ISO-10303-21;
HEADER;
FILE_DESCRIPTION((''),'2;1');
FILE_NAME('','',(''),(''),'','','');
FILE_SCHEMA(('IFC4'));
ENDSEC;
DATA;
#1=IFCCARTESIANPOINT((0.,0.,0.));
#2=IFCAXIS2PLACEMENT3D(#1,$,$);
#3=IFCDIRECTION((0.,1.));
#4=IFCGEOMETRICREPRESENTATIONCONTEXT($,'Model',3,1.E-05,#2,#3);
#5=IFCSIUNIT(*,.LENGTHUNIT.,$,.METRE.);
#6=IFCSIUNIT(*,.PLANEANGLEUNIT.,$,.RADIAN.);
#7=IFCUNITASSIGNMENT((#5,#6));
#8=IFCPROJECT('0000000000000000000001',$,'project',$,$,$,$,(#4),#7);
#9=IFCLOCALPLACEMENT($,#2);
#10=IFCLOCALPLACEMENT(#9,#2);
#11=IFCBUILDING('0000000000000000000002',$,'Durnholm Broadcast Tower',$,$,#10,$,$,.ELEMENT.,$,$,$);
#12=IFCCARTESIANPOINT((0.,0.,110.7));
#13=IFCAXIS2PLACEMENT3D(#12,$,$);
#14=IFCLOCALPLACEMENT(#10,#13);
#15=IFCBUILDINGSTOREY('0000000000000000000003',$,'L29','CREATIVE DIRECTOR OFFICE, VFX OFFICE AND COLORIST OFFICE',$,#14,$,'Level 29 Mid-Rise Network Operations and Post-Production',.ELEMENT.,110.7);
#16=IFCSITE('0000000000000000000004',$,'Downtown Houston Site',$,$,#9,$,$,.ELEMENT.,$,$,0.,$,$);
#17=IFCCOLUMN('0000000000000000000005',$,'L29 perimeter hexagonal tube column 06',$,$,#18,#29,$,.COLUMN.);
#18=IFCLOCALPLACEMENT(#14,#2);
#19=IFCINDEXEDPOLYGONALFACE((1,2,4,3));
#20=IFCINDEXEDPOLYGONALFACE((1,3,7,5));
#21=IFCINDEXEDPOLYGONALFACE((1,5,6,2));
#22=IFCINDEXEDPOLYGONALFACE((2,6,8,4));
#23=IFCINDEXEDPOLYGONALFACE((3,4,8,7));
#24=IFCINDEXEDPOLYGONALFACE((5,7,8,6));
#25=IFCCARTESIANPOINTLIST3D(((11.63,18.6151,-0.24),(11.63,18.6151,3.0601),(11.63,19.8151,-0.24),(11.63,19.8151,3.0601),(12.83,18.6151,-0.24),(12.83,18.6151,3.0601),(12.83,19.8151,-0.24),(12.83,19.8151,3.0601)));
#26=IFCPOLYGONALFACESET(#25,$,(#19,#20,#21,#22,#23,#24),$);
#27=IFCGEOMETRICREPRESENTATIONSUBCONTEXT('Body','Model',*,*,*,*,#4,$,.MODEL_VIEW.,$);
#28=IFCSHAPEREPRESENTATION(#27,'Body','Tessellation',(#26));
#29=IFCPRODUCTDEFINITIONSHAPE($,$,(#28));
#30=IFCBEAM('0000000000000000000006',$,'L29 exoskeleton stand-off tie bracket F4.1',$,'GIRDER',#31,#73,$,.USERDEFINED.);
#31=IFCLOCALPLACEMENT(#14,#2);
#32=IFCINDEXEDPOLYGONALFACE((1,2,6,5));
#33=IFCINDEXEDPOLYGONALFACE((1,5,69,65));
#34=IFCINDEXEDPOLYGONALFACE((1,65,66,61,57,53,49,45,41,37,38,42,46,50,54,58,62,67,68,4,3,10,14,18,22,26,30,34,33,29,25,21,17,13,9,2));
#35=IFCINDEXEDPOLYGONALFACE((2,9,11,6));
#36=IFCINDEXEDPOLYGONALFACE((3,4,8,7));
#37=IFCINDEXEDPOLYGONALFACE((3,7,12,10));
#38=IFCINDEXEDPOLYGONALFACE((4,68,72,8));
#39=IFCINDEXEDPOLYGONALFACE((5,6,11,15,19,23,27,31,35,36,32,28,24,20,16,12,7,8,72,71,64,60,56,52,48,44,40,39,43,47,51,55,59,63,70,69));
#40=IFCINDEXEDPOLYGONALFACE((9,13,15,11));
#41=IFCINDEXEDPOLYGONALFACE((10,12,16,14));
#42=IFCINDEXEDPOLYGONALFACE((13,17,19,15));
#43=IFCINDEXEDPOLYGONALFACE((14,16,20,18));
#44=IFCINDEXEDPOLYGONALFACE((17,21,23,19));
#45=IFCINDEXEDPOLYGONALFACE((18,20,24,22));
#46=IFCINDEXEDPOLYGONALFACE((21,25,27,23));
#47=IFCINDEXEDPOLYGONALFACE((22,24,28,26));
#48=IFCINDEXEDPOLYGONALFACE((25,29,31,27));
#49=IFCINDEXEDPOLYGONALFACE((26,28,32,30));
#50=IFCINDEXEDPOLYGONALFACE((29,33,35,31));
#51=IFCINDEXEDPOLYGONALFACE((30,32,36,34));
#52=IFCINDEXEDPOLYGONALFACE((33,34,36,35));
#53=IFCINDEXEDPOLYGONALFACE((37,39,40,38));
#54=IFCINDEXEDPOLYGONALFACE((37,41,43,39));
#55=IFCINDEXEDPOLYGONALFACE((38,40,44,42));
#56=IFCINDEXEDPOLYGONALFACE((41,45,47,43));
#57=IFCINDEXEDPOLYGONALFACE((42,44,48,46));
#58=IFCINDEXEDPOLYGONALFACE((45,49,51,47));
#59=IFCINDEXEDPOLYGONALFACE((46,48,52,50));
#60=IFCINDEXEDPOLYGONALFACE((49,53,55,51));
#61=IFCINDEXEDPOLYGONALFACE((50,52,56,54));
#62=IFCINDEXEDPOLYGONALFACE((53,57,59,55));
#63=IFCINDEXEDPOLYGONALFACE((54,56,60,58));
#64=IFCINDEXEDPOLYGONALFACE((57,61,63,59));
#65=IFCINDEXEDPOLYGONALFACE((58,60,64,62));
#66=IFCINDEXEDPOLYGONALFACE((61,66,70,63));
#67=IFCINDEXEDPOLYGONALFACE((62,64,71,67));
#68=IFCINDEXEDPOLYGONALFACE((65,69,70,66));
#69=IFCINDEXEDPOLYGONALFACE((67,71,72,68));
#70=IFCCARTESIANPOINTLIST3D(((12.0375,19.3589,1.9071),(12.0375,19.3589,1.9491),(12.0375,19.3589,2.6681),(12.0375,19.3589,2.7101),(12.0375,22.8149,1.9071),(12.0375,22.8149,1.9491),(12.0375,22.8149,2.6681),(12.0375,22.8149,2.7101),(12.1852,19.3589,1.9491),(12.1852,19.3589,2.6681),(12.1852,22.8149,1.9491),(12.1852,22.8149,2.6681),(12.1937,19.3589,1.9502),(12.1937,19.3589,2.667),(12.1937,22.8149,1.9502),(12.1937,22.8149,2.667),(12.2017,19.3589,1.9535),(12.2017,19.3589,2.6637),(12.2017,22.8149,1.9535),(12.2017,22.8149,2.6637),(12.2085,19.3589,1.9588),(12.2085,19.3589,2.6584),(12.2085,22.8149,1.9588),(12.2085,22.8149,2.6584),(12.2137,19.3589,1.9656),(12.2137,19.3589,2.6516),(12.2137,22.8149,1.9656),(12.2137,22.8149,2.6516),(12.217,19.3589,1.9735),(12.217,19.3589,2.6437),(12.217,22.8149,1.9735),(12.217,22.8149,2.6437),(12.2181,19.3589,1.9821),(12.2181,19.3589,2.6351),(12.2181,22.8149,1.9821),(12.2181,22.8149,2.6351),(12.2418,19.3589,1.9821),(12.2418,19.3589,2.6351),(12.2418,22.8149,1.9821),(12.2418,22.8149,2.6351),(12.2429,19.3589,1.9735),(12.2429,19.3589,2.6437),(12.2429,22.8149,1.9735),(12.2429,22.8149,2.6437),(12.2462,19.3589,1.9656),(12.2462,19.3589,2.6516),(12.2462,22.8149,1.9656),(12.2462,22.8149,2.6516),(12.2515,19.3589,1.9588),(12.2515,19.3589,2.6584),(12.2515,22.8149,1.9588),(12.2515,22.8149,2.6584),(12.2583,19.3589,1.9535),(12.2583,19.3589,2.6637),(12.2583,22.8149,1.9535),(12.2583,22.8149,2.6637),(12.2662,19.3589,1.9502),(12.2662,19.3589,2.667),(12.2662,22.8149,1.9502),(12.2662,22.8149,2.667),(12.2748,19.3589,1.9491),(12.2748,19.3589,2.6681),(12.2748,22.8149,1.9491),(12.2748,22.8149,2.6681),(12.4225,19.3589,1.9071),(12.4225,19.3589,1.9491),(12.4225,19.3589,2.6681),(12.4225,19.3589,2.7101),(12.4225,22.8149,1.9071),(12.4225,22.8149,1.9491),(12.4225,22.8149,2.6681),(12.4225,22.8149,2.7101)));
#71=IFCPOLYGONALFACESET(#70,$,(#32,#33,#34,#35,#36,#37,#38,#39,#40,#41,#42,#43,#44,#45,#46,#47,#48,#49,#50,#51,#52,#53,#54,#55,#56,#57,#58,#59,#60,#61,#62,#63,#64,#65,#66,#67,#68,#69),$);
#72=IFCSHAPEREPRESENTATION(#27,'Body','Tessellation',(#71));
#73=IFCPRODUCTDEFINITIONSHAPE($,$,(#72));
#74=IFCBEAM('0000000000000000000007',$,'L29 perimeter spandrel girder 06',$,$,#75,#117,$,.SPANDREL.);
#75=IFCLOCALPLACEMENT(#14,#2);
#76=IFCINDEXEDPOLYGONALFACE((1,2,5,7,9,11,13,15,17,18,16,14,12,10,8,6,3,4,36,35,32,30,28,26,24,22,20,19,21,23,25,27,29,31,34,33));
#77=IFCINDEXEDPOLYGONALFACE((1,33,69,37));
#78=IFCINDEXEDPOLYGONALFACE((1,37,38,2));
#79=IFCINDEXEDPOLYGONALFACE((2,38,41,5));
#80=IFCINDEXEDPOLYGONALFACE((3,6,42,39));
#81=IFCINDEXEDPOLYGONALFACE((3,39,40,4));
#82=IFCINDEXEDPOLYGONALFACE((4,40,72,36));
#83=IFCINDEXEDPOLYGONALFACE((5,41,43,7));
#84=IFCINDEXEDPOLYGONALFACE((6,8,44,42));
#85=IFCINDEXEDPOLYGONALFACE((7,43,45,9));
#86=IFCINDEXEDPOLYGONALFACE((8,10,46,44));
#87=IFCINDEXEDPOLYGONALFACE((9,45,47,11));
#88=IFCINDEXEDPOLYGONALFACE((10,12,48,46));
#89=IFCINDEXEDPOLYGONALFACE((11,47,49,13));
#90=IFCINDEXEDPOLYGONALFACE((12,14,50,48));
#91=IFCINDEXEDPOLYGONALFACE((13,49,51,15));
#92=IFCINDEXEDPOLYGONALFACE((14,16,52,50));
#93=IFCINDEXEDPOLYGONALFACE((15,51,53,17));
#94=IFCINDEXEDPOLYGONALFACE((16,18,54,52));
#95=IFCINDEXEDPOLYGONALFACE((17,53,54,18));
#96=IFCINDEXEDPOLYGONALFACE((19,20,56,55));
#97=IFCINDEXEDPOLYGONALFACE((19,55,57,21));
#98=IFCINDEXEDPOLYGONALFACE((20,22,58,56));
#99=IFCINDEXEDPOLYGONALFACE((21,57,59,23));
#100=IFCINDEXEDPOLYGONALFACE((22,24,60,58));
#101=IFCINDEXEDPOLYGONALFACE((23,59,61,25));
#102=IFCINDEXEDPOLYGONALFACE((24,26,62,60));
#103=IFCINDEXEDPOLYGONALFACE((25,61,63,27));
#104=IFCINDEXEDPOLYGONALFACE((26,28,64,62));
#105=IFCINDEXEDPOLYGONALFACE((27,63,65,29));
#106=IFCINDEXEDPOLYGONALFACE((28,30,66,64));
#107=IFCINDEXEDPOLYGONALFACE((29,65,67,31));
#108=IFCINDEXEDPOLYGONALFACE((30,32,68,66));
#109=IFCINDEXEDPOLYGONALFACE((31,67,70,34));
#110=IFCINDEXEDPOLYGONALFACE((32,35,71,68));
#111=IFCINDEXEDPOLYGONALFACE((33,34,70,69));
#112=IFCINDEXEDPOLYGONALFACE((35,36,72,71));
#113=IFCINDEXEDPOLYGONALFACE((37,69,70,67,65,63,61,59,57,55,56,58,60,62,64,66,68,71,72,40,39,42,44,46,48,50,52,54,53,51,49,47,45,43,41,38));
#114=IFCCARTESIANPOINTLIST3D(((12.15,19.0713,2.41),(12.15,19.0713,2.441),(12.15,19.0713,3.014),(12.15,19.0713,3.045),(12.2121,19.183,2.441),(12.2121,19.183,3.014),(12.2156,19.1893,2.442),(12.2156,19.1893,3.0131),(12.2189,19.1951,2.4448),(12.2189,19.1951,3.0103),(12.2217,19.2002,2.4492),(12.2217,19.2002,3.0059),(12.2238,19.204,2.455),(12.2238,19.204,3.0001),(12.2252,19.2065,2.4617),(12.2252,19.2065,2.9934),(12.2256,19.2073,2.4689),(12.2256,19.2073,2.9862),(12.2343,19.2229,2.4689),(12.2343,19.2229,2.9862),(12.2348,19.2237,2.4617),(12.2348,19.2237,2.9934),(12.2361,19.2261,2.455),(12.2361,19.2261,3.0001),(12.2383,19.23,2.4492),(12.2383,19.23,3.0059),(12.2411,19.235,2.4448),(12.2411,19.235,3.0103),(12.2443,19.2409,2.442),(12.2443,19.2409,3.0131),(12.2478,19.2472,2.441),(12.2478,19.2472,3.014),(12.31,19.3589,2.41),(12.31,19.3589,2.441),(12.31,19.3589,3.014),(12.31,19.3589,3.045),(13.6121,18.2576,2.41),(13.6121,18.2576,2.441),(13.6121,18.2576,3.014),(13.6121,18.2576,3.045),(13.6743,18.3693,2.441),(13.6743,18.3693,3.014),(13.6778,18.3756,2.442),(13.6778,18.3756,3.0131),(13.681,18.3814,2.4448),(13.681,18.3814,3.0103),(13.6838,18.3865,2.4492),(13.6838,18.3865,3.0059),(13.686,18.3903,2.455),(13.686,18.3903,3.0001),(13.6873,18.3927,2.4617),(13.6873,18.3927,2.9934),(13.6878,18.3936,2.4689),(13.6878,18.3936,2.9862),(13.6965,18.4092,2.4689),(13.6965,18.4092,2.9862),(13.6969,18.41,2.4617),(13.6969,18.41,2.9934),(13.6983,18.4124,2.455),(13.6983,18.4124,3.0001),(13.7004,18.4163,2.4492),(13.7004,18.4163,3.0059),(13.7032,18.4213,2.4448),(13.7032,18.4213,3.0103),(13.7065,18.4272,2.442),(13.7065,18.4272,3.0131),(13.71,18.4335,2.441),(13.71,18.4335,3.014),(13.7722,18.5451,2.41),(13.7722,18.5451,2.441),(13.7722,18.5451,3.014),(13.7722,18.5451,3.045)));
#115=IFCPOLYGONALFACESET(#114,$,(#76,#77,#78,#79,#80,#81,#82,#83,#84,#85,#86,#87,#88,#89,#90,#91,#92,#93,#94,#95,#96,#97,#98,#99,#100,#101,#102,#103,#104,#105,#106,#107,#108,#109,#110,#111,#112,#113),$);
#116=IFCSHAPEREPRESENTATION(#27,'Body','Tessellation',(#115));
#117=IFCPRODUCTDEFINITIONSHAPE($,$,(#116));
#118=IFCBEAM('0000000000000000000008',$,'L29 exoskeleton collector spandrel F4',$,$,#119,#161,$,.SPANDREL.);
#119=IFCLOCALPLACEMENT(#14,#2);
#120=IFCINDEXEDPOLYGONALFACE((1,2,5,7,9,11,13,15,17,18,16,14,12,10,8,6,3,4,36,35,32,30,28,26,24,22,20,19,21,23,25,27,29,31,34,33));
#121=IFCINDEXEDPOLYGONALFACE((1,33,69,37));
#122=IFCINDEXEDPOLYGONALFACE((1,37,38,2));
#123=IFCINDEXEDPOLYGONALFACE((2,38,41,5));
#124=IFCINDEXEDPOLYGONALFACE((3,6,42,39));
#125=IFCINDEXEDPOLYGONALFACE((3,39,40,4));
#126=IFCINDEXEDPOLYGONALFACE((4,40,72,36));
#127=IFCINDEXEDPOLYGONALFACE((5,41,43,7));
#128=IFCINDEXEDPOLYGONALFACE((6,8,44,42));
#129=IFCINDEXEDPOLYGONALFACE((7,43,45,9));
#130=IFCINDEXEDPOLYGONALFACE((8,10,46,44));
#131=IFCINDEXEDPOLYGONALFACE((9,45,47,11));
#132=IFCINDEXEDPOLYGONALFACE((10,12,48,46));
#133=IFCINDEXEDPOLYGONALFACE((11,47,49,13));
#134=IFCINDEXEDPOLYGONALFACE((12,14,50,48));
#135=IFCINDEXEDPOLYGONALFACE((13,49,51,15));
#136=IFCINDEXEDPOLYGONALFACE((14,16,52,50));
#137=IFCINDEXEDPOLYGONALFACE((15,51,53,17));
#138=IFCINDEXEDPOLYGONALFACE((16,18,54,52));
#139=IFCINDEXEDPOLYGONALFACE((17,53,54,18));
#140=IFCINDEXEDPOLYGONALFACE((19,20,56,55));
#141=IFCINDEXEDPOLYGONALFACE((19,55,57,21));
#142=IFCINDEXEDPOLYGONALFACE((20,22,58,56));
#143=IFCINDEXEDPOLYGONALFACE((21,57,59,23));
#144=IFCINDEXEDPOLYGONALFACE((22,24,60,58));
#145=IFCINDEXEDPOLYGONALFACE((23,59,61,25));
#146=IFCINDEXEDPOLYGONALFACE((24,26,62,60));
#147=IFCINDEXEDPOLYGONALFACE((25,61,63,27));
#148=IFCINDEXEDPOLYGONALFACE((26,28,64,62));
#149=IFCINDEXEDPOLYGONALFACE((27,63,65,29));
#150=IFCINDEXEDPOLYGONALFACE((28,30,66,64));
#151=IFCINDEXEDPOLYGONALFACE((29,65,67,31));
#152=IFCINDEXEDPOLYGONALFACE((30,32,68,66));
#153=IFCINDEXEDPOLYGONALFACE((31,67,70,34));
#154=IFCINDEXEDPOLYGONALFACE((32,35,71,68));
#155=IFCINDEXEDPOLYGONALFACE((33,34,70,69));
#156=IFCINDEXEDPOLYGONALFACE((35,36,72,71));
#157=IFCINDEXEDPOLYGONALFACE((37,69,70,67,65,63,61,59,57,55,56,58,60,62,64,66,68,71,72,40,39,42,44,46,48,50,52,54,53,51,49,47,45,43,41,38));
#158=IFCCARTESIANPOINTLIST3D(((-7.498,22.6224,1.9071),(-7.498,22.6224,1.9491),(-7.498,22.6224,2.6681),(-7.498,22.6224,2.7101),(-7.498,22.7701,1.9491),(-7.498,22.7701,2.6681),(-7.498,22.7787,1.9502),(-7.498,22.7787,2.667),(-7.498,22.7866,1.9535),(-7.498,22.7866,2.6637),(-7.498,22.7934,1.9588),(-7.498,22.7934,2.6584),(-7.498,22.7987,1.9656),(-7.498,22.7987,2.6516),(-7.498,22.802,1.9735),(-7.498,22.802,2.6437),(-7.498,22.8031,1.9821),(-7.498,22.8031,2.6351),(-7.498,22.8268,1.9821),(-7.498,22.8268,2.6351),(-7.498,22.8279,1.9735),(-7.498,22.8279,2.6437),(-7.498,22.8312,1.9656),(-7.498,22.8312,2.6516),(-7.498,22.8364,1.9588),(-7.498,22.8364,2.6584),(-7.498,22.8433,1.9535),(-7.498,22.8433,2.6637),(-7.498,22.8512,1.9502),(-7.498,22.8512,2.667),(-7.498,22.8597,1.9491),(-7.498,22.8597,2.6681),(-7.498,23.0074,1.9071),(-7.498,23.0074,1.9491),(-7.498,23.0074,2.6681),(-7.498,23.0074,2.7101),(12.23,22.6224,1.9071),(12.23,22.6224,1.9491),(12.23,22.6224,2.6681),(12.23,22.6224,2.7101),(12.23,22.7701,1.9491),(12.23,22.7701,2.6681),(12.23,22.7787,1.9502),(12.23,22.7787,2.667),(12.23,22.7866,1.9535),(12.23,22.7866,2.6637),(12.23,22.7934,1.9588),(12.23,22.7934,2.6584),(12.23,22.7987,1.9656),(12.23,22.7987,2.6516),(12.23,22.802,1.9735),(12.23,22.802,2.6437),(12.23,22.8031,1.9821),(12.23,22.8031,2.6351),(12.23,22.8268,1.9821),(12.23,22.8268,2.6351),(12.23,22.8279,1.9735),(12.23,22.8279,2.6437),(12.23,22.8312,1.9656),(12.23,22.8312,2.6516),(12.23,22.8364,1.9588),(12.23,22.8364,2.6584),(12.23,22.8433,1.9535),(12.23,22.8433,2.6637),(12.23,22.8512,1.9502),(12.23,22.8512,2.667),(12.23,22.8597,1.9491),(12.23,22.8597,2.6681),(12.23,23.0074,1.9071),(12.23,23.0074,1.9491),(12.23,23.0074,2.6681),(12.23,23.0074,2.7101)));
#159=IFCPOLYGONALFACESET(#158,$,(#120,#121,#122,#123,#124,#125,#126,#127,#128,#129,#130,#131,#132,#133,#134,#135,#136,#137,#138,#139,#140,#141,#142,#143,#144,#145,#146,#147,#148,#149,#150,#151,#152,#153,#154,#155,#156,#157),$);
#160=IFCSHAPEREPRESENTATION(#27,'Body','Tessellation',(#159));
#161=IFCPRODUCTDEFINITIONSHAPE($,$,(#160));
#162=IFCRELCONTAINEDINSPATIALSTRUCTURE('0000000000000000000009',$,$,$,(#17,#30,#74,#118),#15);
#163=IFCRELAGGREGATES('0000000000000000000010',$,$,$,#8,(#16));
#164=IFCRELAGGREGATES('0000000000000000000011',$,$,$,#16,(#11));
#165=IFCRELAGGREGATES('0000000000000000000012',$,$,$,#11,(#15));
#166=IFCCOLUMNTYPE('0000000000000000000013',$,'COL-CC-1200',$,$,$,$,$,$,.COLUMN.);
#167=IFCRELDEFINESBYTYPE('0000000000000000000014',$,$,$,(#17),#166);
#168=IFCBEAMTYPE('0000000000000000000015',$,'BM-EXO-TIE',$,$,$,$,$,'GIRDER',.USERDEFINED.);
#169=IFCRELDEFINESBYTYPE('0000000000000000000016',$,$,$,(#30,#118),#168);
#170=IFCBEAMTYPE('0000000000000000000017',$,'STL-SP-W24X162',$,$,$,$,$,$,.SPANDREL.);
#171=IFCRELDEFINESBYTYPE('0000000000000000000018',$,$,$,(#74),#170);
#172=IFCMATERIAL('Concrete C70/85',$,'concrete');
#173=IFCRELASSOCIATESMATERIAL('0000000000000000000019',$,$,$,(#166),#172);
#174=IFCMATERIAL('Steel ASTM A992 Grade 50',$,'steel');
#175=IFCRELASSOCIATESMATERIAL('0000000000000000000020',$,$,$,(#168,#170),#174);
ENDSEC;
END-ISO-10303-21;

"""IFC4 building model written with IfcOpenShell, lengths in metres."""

from ifc_helpers import new_model, si_unit, direction, frame, origin, origin_2d, place, context, subcontext, project, spatial, rectangle, i_section, extrude, source, transform, mapped, material, material_profile, profile_set, type_object, type_shapes, element, save


model = new_model("IFC4")

# Units and contexts
model_context = context("Model", 3, precision=1e-05, world=origin(), true_north=direction((0.0, 1.0)))
body_context = subcontext(model_context, "Body", "Model", "MODEL_VIEW")
ifc_project = project(units=[si_unit("LENGTHUNIT", "METRE"), si_unit("PLANEANGLEUNIT", "RADIAN")], contexts=[model_context])

# Site, building, storey
site_placement = place(None, origin())
site = spatial("IfcSite", under=ifc_project, at=site_placement, Name="Downtown Houston Site", CompositionType="ELEMENT", RefElevation=0.0)
building_placement = place(site_placement, origin())
building = spatial("IfcBuilding", under=site, at=building_placement, Name="Durnholm Broadcast Tower", CompositionType="ELEMENT")
storey_placement = place(building_placement, frame((0.0, 0.0, 110.7)))
storey = spatial("IfcBuildingStorey", under=building, at=storey_placement, Name="L29", Description="CREATIVE DIRECTOR OFFICE, VFX OFFICE AND COLORIST OFFICE", LongName="Level 29 Mid-Rise Network Operations and Post-Production", CompositionType="ELEMENT", Elevation=110.7)

# Column
ifc_material_1 = material(Name="Concrete C70/85", Category="concrete")
ifc_material_profile_1 = material_profile(ifc_material_1, rectangle(XDim=1.2, YDim=1.2, at=origin_2d()), Name="RC1200X1200")
ifc_profile_set_1 = profile_set([ifc_material_profile_1], Name="Concrete C70/85")
column_type = type_object("IfcColumnType", Name="COL-CC-1200", PredefinedType="COLUMN", material=ifc_profile_set_1)
shared_shape_1 = source(origin(), body_context, "Body", "SweptSolid", [
    extrude(rectangle(XDim=1.2, YDim=1.2, at=origin_2d()), origin(), (0.0, 0.0, 1.0), 3.3),
])
type_shapes(column_type, [shared_shape_1])
column_placement = place(storey_placement, frame((12.23, 19.2151, -0.24), z_axis=(0.0, 0.0, 1.0), x_axis=(1.0, 0.0, 0.0)))
element("IfcColumn", 1, at=column_placement, inside=storey, type_object=column_type, Name="L29 perimeter hexagonal tube column 06", PredefinedType="COLUMN", context=body_context, shape_type="MappedRepresentation", body=[
    mapped(shared_shape_1, transform((0.0, 0.0, 0.0), x_axis=(1.0, 0.0, 0.0), y_axis=(0.0, 1.0, 0.0), z_axis=(0.0, 0.0, 1.0), scale=1.0)),
])

# Beams
ifc_material_2 = material(Name="Steel ASTM A992 Grade 50", Category="steel")
ifc_material_profile_2 = material_profile(ifc_material_2, i_section(OverallWidth=0.385, OverallDepth=0.803, WebThickness=0.0237, FlangeThickness=0.042, FilletRadius=0.033, at=origin_2d()), Name="W30X261")
ifc_profile_set_2 = profile_set([ifc_material_profile_2], Name="Steel ASTM A992 Grade 50")
beam_type_1 = type_object("IfcBeamType", Name="BM-EXO-TIE", ElementType="GIRDER", PredefinedType="USERDEFINED", material=ifc_profile_set_2)
shared_shape_2 = source(origin(), body_context, "Body", "SweptSolid", [
    extrude(i_section(OverallWidth=0.385, OverallDepth=0.803, WebThickness=0.0237, FlangeThickness=0.042, FilletRadius=0.033, at=origin_2d()), origin(), (0.0, 0.0, 1.0), 3.4561),
])
beam_1_placement = place(storey_placement, frame((12.23, 19.3589, 2.3086), z_axis=(0.0, 1.0, 0.0), x_axis=(-1.0, 0.0, 0.0)))
element("IfcBeam", 2, at=beam_1_placement, inside=storey, type_object=beam_type_1, Name="L29 exoskeleton stand-off tie bracket F4.1", ObjectType="GIRDER", PredefinedType="USERDEFINED", context=body_context, shape_type="MappedRepresentation", body=[
    mapped(shared_shape_2, transform((0.0, 0.0, 0.0), x_axis=(1.0, 0.0, 0.0), y_axis=(0.0, 1.0, 0.0), z_axis=(0.0, 0.0, 1.0), scale=1.0)),
])
ifc_material_profile_3 = material_profile(ifc_material_2, i_section(OverallWidth=0.3291, OverallDepth=0.635, WebThickness=0.0178, FlangeThickness=0.031, FilletRadius=0.0278, at=origin_2d()), Name="W24X162")
ifc_profile_set_3 = profile_set([ifc_material_profile_3], Name="Steel ASTM A992 Grade 50")
beam_type_2 = type_object("IfcBeamType", Name="STL-SP-W24X162", PredefinedType="SPANDREL", material=ifc_profile_set_3)
shared_shape_3 = source(origin(), body_context, "Body", "SweptSolid", [
    extrude(i_section(OverallWidth=0.3291, OverallDepth=0.635, WebThickness=0.0178, FlangeThickness=0.031, FilletRadius=0.0278, at=origin_2d()), origin(), (0.0, 0.0, 1.0), 1.6733),
])
type_shapes(beam_type_2, [shared_shape_3])
beam_2_placement = place(storey_placement, frame((12.23, 19.2151, 2.7275), z_axis=(0.873799, -0.486287, 0.0), x_axis=(0.486287, 0.873799, 0.0)))
element("IfcBeam", 3, at=beam_2_placement, inside=storey, type_object=beam_type_2, Name="L29 perimeter spandrel girder 06", PredefinedType="SPANDREL", context=body_context, shape_type="MappedRepresentation", body=[
    mapped(shared_shape_3, transform((0.0, 0.0, 0.0), x_axis=(1.0, 0.0, 0.0), y_axis=(0.0, 1.0, 0.0), z_axis=(0.0, 0.0, 1.0), scale=1.0)),
])
shared_shape_4 = source(origin(), body_context, "Body", "SweptSolid", [
    extrude(i_section(OverallWidth=0.385, OverallDepth=0.803, WebThickness=0.0237, FlangeThickness=0.042, FilletRadius=0.033, at=origin_2d()), origin(), (0.0, 0.0, 1.0), 19.728),
])
type_shapes(beam_type_1, [shared_shape_2, shared_shape_4])
beam_3_placement = place(storey_placement, frame((12.23, 22.8149, 2.3086), z_axis=(-1.0, 0.0, 0.0), x_axis=(0.0, -1.0, 0.0)))
element("IfcBeam", 4, at=beam_3_placement, inside=storey, type_object=beam_type_1, Name="L29 exoskeleton collector spandrel F4", PredefinedType="SPANDREL", context=body_context, shape_type="MappedRepresentation", body=[
    mapped(shared_shape_4, transform((0.0, 0.0, 0.0), x_axis=(1.0, 0.0, 0.0), y_axis=(0.0, 1.0, 0.0), z_axis=(0.0, 0.0, 1.0), scale=1.0)),
])

save(model, "model.ifc")
